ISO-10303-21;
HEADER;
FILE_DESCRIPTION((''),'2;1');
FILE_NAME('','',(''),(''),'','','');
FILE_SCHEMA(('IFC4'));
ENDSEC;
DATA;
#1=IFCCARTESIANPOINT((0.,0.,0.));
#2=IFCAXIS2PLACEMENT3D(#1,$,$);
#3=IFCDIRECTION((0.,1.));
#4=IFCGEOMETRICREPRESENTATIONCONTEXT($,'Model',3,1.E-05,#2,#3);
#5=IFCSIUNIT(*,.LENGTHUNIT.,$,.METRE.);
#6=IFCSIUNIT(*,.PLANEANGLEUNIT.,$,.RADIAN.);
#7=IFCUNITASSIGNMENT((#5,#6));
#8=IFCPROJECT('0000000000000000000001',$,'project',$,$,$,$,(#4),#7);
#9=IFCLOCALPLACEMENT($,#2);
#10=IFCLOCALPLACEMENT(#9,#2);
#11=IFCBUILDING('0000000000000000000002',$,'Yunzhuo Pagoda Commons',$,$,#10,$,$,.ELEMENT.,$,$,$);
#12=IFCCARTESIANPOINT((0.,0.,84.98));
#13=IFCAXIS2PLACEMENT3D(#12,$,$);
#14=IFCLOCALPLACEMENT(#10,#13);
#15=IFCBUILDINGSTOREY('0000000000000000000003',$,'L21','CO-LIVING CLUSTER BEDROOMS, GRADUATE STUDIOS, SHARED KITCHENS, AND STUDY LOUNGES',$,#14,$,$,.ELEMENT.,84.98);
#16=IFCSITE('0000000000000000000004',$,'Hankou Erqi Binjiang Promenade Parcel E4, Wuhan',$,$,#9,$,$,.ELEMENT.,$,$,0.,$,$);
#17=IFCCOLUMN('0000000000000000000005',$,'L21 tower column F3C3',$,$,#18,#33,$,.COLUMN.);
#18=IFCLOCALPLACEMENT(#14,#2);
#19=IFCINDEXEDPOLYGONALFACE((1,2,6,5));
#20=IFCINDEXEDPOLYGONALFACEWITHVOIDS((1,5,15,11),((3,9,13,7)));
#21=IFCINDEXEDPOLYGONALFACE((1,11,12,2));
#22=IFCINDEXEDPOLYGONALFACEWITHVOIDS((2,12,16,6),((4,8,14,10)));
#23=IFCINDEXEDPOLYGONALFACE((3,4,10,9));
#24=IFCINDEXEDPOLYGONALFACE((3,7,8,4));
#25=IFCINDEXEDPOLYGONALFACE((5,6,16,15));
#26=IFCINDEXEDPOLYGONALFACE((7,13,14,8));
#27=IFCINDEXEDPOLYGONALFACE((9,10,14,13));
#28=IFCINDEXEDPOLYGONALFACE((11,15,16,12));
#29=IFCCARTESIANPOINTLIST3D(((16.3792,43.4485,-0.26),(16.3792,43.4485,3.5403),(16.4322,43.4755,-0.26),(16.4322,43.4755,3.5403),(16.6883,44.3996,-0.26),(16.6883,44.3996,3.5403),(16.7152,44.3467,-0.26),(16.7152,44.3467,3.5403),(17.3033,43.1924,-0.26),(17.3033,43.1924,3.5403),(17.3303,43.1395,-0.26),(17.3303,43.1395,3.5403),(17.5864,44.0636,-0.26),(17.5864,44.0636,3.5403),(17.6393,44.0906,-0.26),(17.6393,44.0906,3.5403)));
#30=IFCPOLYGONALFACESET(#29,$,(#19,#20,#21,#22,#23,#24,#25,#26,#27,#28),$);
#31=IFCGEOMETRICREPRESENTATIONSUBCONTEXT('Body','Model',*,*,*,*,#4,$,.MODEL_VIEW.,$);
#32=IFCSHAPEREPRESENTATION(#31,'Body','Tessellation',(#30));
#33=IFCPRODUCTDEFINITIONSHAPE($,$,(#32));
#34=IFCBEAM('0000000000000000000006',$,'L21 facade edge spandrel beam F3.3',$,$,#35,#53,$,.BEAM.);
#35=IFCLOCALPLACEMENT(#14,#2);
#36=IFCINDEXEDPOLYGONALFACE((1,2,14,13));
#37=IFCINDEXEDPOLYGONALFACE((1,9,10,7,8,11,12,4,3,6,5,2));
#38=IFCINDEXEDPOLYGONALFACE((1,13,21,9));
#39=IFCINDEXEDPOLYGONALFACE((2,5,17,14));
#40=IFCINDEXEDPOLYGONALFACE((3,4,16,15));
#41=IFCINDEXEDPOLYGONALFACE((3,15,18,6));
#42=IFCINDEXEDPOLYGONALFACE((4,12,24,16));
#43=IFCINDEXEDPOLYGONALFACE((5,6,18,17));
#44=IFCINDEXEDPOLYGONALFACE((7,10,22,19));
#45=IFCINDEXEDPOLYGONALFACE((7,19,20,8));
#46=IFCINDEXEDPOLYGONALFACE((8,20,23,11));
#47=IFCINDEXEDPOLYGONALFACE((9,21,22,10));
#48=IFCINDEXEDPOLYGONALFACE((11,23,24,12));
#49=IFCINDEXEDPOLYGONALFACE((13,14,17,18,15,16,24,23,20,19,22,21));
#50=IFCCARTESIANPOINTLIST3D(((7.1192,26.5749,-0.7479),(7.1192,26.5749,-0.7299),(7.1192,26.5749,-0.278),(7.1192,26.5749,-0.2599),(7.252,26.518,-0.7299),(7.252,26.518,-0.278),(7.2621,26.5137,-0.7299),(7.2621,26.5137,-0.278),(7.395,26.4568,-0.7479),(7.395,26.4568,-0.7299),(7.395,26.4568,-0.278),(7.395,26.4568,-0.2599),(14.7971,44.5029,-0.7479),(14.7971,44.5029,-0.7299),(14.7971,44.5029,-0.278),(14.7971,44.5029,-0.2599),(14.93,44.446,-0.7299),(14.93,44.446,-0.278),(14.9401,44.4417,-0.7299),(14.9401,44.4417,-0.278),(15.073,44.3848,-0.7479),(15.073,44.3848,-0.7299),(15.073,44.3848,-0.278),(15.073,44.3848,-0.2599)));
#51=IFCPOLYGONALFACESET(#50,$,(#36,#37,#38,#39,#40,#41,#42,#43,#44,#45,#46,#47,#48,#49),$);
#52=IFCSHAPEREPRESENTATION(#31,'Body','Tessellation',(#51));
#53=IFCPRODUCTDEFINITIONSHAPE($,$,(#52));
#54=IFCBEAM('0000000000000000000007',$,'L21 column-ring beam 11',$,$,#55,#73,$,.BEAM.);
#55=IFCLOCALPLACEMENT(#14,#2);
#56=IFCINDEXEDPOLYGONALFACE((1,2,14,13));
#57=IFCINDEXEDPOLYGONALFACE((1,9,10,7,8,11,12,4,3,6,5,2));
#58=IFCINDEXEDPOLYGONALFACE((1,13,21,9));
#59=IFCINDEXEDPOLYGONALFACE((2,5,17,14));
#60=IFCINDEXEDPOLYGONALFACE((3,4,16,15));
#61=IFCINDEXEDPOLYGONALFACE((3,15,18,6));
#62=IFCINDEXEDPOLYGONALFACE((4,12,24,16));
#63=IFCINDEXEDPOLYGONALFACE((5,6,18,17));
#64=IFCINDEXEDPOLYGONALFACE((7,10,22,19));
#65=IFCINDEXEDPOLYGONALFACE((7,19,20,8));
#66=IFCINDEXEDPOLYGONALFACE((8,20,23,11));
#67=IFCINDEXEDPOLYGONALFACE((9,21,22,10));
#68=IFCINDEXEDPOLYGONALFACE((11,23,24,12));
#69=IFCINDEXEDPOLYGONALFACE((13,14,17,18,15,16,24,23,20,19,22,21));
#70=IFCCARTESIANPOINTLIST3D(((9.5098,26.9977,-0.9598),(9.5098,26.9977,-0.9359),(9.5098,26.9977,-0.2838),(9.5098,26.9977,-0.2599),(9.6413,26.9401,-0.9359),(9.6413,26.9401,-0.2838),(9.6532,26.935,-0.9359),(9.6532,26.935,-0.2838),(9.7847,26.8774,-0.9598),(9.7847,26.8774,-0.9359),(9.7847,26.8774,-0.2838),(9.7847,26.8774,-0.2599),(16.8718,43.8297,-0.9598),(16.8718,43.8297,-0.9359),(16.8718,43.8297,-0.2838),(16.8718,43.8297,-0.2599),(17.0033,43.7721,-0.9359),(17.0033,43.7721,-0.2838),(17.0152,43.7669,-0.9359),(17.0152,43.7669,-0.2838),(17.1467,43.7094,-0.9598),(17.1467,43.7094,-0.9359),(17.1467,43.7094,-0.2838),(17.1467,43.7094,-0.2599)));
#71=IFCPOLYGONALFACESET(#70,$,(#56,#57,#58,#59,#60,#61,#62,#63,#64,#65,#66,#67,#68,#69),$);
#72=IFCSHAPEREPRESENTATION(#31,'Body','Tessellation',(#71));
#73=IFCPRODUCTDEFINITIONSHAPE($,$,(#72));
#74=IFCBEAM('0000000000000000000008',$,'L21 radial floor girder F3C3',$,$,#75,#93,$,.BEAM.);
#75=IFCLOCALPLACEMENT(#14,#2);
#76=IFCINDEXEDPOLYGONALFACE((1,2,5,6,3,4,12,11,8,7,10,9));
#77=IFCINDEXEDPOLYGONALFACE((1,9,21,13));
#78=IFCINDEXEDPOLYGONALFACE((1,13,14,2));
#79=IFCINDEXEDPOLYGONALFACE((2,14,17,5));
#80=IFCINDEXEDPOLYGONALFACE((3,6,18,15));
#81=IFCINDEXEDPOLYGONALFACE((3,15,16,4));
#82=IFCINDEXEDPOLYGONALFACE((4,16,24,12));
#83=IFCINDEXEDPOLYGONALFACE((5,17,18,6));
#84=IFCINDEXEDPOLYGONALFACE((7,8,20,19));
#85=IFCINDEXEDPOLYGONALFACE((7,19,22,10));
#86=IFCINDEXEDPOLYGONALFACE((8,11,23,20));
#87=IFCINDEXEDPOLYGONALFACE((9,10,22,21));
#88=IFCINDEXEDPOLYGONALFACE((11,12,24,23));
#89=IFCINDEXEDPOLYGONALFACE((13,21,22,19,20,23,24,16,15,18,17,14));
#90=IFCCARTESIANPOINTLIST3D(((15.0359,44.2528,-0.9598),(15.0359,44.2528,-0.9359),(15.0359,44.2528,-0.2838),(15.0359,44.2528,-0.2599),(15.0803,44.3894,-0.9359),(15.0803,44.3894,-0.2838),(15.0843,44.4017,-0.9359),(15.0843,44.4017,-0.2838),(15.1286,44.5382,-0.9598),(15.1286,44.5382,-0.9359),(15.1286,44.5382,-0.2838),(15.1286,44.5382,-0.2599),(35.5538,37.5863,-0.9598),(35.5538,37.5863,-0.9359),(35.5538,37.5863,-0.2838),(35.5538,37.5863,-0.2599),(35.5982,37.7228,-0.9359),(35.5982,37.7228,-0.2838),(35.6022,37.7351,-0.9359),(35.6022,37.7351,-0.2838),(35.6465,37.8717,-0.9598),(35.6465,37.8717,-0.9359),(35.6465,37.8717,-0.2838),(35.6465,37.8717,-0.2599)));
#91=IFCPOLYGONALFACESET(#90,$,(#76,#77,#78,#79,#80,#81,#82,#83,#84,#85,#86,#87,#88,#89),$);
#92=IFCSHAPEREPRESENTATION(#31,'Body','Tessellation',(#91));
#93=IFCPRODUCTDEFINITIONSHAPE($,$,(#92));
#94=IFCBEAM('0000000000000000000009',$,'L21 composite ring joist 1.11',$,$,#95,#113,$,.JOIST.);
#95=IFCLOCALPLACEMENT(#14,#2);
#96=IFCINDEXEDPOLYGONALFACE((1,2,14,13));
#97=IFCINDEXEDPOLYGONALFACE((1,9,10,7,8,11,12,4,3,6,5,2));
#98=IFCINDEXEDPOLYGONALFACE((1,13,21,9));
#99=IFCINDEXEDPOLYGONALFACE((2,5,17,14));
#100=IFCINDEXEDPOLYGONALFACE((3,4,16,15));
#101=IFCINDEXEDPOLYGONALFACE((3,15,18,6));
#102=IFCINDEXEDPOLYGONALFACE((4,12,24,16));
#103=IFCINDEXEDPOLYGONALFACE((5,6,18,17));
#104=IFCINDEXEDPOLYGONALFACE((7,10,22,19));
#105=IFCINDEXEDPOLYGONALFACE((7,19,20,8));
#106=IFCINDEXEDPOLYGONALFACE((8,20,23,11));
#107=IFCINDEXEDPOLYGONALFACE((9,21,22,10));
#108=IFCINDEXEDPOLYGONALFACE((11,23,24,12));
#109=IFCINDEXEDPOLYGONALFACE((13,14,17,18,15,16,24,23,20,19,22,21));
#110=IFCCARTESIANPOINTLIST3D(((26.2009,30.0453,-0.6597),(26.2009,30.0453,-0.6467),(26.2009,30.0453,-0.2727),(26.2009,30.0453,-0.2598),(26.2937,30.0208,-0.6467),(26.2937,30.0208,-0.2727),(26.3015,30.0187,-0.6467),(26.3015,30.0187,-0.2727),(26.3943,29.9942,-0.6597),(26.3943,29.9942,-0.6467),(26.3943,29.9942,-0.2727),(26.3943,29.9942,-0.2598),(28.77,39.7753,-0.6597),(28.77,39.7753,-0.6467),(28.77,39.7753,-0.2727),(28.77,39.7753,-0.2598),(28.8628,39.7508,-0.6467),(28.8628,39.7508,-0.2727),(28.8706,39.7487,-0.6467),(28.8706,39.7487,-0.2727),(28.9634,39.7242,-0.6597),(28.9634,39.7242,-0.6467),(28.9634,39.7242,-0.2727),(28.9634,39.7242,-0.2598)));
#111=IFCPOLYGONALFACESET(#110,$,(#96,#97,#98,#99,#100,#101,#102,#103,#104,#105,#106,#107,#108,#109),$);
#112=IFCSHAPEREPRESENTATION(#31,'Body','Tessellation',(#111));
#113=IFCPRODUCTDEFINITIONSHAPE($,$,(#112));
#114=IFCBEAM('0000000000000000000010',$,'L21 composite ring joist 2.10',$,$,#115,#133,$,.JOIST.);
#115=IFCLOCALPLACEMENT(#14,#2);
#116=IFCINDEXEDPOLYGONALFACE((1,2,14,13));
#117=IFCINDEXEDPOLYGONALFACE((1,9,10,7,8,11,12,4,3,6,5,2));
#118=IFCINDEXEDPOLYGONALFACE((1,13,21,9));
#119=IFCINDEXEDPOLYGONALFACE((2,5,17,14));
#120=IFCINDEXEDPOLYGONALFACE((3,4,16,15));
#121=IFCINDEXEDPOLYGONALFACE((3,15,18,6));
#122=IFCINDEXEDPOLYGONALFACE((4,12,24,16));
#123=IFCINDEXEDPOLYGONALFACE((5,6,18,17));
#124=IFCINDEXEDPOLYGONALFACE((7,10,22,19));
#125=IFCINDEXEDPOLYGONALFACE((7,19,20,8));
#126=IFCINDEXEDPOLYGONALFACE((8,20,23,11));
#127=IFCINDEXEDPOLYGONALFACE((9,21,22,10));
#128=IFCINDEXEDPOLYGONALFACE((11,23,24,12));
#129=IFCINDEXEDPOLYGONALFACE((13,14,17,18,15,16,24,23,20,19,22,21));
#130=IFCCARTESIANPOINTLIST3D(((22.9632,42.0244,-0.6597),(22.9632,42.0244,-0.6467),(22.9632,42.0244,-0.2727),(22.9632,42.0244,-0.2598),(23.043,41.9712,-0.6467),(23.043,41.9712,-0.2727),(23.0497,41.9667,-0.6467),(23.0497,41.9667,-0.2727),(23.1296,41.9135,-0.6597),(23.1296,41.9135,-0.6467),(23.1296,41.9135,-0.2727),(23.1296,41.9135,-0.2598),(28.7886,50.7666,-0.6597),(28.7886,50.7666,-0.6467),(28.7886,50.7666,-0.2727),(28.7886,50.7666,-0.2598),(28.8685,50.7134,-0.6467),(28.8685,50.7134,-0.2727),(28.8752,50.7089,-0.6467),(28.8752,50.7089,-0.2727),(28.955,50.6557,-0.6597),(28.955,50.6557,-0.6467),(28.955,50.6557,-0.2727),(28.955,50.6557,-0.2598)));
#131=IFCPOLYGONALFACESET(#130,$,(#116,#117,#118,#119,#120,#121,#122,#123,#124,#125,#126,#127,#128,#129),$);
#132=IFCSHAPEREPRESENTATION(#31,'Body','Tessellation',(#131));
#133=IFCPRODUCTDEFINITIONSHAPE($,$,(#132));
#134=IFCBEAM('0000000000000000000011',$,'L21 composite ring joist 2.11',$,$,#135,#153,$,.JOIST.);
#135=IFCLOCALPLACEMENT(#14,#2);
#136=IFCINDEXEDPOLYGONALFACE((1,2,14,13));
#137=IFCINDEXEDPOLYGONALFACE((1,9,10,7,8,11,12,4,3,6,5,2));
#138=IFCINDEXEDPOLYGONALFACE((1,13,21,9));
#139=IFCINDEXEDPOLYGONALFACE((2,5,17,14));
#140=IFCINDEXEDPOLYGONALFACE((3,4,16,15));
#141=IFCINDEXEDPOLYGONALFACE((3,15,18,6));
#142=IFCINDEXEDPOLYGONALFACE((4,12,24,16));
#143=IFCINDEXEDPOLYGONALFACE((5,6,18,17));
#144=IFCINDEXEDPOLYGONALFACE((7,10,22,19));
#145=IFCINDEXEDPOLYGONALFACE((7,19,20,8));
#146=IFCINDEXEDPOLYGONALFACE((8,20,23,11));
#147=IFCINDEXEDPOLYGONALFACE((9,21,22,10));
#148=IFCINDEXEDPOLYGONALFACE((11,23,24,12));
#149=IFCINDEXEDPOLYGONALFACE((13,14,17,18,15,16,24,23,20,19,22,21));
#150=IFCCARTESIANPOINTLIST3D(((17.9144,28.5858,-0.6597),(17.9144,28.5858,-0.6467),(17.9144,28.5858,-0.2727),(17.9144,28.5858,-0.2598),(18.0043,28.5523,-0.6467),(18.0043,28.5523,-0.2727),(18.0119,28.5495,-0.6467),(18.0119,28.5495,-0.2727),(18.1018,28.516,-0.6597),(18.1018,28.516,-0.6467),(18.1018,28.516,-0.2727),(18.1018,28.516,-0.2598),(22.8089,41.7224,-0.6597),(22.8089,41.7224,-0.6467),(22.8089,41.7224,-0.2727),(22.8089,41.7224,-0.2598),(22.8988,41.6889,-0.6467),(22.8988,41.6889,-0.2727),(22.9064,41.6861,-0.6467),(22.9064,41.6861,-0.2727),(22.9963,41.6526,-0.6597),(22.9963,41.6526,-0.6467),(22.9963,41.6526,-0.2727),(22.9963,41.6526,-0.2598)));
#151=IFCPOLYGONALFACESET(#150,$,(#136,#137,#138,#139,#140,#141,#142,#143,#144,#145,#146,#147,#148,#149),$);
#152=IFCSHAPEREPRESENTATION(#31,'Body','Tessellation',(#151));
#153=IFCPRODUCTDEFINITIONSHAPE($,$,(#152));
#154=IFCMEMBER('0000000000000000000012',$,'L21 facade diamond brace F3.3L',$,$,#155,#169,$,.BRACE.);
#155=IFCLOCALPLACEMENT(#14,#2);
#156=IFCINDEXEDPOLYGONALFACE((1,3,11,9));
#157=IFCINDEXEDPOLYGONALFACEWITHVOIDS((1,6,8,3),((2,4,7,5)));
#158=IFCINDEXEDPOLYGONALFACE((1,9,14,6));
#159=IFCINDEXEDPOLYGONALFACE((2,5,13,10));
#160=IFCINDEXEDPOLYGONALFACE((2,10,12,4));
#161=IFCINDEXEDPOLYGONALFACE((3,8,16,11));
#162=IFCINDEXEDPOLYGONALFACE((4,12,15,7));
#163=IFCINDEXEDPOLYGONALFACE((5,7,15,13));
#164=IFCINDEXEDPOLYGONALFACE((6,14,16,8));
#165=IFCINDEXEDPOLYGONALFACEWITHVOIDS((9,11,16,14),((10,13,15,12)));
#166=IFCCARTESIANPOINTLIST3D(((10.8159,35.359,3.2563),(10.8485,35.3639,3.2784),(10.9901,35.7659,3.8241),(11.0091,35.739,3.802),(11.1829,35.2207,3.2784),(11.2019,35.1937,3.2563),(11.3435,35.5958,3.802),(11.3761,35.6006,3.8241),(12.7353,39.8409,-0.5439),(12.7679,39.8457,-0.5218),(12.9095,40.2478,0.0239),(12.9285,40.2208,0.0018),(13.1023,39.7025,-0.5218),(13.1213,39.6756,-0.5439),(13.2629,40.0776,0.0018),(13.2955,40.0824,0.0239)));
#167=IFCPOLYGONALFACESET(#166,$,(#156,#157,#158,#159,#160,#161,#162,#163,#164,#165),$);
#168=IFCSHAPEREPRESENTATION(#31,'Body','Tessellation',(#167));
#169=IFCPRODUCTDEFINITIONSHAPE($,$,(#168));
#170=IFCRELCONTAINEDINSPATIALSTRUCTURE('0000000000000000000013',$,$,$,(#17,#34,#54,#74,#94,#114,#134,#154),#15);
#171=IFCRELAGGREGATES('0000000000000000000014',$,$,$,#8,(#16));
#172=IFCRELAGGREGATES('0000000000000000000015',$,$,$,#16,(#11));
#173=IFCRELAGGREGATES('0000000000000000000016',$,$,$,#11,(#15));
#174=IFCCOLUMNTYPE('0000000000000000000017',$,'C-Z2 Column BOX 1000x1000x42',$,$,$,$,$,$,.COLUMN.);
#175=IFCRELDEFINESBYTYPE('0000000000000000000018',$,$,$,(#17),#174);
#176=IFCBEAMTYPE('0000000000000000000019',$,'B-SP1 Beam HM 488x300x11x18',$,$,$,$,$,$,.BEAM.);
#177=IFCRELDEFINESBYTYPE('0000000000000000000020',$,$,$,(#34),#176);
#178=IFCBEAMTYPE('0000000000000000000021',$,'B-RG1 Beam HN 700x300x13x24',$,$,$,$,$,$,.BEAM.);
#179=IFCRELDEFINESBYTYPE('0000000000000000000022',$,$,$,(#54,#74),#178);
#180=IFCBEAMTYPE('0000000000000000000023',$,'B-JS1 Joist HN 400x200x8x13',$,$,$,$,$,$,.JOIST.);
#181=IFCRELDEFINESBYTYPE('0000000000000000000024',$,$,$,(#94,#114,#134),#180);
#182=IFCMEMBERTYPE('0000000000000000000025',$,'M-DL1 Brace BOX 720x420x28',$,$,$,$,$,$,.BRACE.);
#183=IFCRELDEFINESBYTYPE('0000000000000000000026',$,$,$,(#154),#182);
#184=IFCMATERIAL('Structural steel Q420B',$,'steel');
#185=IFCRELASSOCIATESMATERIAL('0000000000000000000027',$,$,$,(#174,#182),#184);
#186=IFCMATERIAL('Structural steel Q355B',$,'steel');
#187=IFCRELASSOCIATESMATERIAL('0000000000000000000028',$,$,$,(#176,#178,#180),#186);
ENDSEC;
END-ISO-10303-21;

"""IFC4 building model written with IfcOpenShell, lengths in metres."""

from ifc_helpers import new_model, si_unit, direction, frame, origin, origin_2d, place, context, subcontext, project, spatial, hollow_rectangle, i_section, extrude, source, transform, mapped, material, material_profile, profile_set, type_object, element, save


model = new_model("IFC4")

# Units and contexts
model_context = context("Model", 3, precision=1e-05, world=origin(), true_north=direction((0.0, 1.0)))
body_context = subcontext(model_context, "Body", "Model", "MODEL_VIEW")
ifc_project = project(units=[si_unit("LENGTHUNIT", "METRE"), si_unit("PLANEANGLEUNIT", "RADIAN")], contexts=[model_context])

# Site, building, storey
site_placement = place(None, origin())
site = spatial("IfcSite", under=ifc_project, at=site_placement, Name="Hankou Erqi Binjiang Promenade Parcel E4, Wuhan", CompositionType="ELEMENT", RefElevation=0.0)
building_placement = place(site_placement, origin())
building = spatial("IfcBuilding", under=site, at=building_placement, Name="Yunzhuo Pagoda Commons", CompositionType="ELEMENT")
storey_placement = place(building_placement, frame((0.0, 0.0, 84.98)))
storey = spatial("IfcBuildingStorey", under=building, at=storey_placement, Name="L21", Description="CO-LIVING CLUSTER BEDROOMS, GRADUATE STUDIOS, SHARED KITCHENS, AND STUDY LOUNGES", CompositionType="ELEMENT", Elevation=84.98)

# Column
ifc_material_1 = material(Name="Structural steel Q420B", Category="steel")
ifc_material_profile_1 = material_profile(ifc_material_1, hollow_rectangle(XDim=1.0, YDim=1.0, WallThickness=0.042, at=origin_2d()), Name="Structural steel Q420B")
ifc_profile_set_1 = profile_set([ifc_material_profile_1], Name="Structural steel Q420B")
column_type = type_object("IfcColumnType", Name="C-Z2 Column BOX 1000x1000x42", PredefinedType="COLUMN", material=ifc_profile_set_1)
shared_shape_1 = source(origin(), body_context, "Body", "SweptSolid", [
    extrude(hollow_rectangle(XDim=1.0, YDim=1.0, WallThickness=0.042, at=origin_2d()), origin(), (0.0, 0.0, 1.0), 3.8003),
])
column_placement = place(storey_placement, frame((17.0093, 43.7695, -0.26), z_axis=(0.0, 0.0, 1.0), x_axis=(-0.309017, -0.951057, 0.0)))
element("IfcColumn", 1, at=column_placement, inside=storey, type_object=column_type, Name="L21 tower column F3C3", PredefinedType="COLUMN", context=body_context, shape_type="MappedRepresentation", body=[
    mapped(shared_shape_1, transform((0.0, 0.0, 0.0), scale=1.0)),
])

# Beams
ifc_material_2 = material(Name="Structural steel Q355B", Category="steel")
ifc_material_profile_2 = material_profile(ifc_material_2, i_section(OverallWidth=0.3, OverallDepth=0.488, WebThickness=0.011, FlangeThickness=0.0181, at=origin_2d()), Name="Structural steel Q355B")
ifc_profile_set_2 = profile_set([ifc_material_profile_2], Name="Structural steel Q355B")
beam_type_1 = type_object("IfcBeamType", Name="B-SP1 Beam HM 488x300x11x18", PredefinedType="BEAM", material=ifc_profile_set_2)
shared_shape_2 = source(origin(), body_context, "Body", "SweptSolid", [
    extrude(i_section(OverallWidth=0.3, OverallDepth=0.488, WebThickness=0.011, FlangeThickness=0.0181, at=origin_2d()), origin(), (0.0, 0.0, 1.0), 19.5029),
])
beam_1_placement = place(storey_placement, frame((14.9351, 44.4438, -0.5039), z_axis=(-0.393684, -0.919246, 0.0), x_axis=(0.919246, -0.393684, 0.0)))
element("IfcBeam", 2, at=beam_1_placement, inside=storey, type_object=beam_type_1, Name="L21 facade edge spandrel beam F3.3", PredefinedType="BEAM", context=body_context, shape_type="MappedRepresentation", body=[
    mapped(shared_shape_2, transform((0.0, 0.0, 0.0), scale=1.0)),
])
ifc_material_profile_3 = material_profile(ifc_material_2, i_section(OverallWidth=0.3, OverallDepth=0.7, WebThickness=0.0129, FlangeThickness=0.0239, at=origin_2d()), Name="Structural steel Q355B")
ifc_profile_set_3 = profile_set([ifc_material_profile_3], Name="Structural steel Q355B")
beam_type_2 = type_object("IfcBeamType", Name="B-RG1 Beam HN 700x300x13x24", PredefinedType="BEAM", material=ifc_profile_set_3)
shared_shape_3 = source(origin(), body_context, "Body", "SweptSolid", [
    extrude(i_section(OverallWidth=0.3, OverallDepth=0.7, WebThickness=0.0129, FlangeThickness=0.0239, at=origin_2d()), origin(), (0.0, 0.0, 1.0), 18.3716),
])
beam_2_placement = place(storey_placement, frame((17.0093, 43.7695, -0.6099), z_axis=(-0.40073, -0.916196, 0.0), x_axis=(0.916196, -0.40073, 0.0)))
element("IfcBeam", 3, at=beam_2_placement, inside=storey, type_object=beam_type_2, Name="L21 column-ring beam 11", PredefinedType="BEAM", context=body_context, shape_type="MappedRepresentation", body=[
    mapped(shared_shape_3, transform((0.0, 0.0, 0.0), scale=1.0)),
])
shared_shape_4 = source(origin(), body_context, "Body", "SweptSolid", [
    extrude(i_section(OverallWidth=0.3, OverallDepth=0.7, WebThickness=0.0129, FlangeThickness=0.0239, at=origin_2d()), origin(), (0.0, 0.0, 1.0), 21.5737),
])
beam_3_placement = place(storey_placement, frame((15.0823, 44.3955, -0.6099), z_axis=(0.951058, -0.309011, 0.0), x_axis=(0.309011, 0.951058, 0.0)))
element("IfcBeam", 4, at=beam_3_placement, inside=storey, type_object=beam_type_2, Name="L21 radial floor girder F3C3", PredefinedType="BEAM", context=body_context, shape_type="MappedRepresentation", body=[
    mapped(shared_shape_4, transform((0.0, 0.0, 0.0), scale=1.0)),
])
ifc_material_profile_4 = material_profile(ifc_material_2, i_section(OverallWidth=0.2, OverallDepth=0.3999, WebThickness=0.0081, FlangeThickness=0.0129, at=origin_2d()), Name="Structural steel Q355B")
ifc_profile_set_4 = profile_set([ifc_material_profile_4], Name="Structural steel Q355B")
beam_type_3 = type_object("IfcBeamType", Name="B-JS1 Joist HN 400x200x8x13", PredefinedType="JOIST", material=ifc_profile_set_4)
shared_shape_5 = source(origin(), body_context, "Body", "SweptSolid", [
    extrude(i_section(OverallWidth=0.2, OverallDepth=0.3999, WebThickness=0.0081, FlangeThickness=0.0129, at=origin_2d()), origin(), (0.0, 0.0, 1.0), 10.0635),
])
beam_4_placement = place(storey_placement, frame((28.8667, 39.7498, -0.4597), z_axis=(-0.25529, -0.966865, 0.0), x_axis=(0.966865, -0.25529, 0.0)))
element("IfcBeam", 5, at=beam_4_placement, inside=storey, type_object=beam_type_3, Name="L21 composite ring joist 1.11", PredefinedType="JOIST", context=body_context, shape_type="MappedRepresentation", body=[
    mapped(shared_shape_5, transform((0.0, 0.0, 0.0), scale=1.0)),
])
shared_shape_6 = source(origin(), body_context, "Body", "SweptSolid", [
    extrude(i_section(OverallWidth=0.2, OverallDepth=0.3999, WebThickness=0.0081, FlangeThickness=0.0129, at=origin_2d()), origin(), (0.0, 0.0, 1.0), 10.5054),
])
beam_5_placement = place(storey_placement, frame((28.8718, 50.7112, -0.4597), z_axis=(-0.554523, -0.832168, 0.0), x_axis=(0.832168, -0.554523, 0.0)))
element("IfcBeam", 6, at=beam_5_placement, inside=storey, type_object=beam_type_3, Name="L21 composite ring joist 2.10", PredefinedType="JOIST", context=body_context, shape_type="MappedRepresentation", body=[
    mapped(shared_shape_6, transform((0.0, 0.0, 0.0), scale=1.0)),
])
shared_shape_7 = source(origin(), body_context, "Body", "SweptSolid", [
    extrude(i_section(OverallWidth=0.2, OverallDepth=0.3999, WebThickness=0.0081, FlangeThickness=0.0129, at=origin_2d()), origin(), (0.0, 0.0, 1.0), 14.0188),
])
beam_6_placement = place(storey_placement, frame((22.9026, 41.6875, -0.4597), z_axis=(-0.349138, -0.937071, 0.0), x_axis=(0.937071, -0.349138, 0.0)))
element("IfcBeam", 7, at=beam_6_placement, inside=storey, type_object=beam_type_3, Name="L21 composite ring joist 2.11", PredefinedType="JOIST", context=body_context, shape_type="MappedRepresentation", body=[
    mapped(shared_shape_7, transform((0.0, 0.0, 0.0), scale=1.0)),
])

# Member
ifc_material_profile_5 = material_profile(ifc_material_1, hollow_rectangle(XDim=0.4199, YDim=0.72, WallThickness=0.0281, at=origin_2d()), Name="Structural steel Q420B")
ifc_profile_set_5 = profile_set([ifc_material_profile_5], Name="Structural steel Q420B")
member_type_1 = type_object("IfcMemberType", Name="M-DL1 Brace BOX 720x420x28", PredefinedType="BRACE", material=ifc_profile_set_5)
shared_shape_8 = source(origin(), body_context, "Body", "SweptSolid", [
    extrude(hollow_rectangle(XDim=0.4199, YDim=0.72, WallThickness=0.0281, at=origin_2d()), origin(), (0.0, 0.0, 1.0), 6.1816),
])
member_1_placement = place(storey_placement, frame((13.0154, 39.9617, -0.26), z_axis=(-0.310499, -0.725025, 0.614759), x_axis=(0.919249, -0.393678, 0.0)))
element("IfcMember", 8, at=member_1_placement, inside=storey, type_object=member_type_1, Name="L21 facade diamond brace F3.3L", PredefinedType="BRACE", context=body_context, shape_type="MappedRepresentation", body=[
    mapped(shared_shape_8, transform((0.0, 0.0, 0.0), scale=1.0)),
])

save(model, "model.ifc")
